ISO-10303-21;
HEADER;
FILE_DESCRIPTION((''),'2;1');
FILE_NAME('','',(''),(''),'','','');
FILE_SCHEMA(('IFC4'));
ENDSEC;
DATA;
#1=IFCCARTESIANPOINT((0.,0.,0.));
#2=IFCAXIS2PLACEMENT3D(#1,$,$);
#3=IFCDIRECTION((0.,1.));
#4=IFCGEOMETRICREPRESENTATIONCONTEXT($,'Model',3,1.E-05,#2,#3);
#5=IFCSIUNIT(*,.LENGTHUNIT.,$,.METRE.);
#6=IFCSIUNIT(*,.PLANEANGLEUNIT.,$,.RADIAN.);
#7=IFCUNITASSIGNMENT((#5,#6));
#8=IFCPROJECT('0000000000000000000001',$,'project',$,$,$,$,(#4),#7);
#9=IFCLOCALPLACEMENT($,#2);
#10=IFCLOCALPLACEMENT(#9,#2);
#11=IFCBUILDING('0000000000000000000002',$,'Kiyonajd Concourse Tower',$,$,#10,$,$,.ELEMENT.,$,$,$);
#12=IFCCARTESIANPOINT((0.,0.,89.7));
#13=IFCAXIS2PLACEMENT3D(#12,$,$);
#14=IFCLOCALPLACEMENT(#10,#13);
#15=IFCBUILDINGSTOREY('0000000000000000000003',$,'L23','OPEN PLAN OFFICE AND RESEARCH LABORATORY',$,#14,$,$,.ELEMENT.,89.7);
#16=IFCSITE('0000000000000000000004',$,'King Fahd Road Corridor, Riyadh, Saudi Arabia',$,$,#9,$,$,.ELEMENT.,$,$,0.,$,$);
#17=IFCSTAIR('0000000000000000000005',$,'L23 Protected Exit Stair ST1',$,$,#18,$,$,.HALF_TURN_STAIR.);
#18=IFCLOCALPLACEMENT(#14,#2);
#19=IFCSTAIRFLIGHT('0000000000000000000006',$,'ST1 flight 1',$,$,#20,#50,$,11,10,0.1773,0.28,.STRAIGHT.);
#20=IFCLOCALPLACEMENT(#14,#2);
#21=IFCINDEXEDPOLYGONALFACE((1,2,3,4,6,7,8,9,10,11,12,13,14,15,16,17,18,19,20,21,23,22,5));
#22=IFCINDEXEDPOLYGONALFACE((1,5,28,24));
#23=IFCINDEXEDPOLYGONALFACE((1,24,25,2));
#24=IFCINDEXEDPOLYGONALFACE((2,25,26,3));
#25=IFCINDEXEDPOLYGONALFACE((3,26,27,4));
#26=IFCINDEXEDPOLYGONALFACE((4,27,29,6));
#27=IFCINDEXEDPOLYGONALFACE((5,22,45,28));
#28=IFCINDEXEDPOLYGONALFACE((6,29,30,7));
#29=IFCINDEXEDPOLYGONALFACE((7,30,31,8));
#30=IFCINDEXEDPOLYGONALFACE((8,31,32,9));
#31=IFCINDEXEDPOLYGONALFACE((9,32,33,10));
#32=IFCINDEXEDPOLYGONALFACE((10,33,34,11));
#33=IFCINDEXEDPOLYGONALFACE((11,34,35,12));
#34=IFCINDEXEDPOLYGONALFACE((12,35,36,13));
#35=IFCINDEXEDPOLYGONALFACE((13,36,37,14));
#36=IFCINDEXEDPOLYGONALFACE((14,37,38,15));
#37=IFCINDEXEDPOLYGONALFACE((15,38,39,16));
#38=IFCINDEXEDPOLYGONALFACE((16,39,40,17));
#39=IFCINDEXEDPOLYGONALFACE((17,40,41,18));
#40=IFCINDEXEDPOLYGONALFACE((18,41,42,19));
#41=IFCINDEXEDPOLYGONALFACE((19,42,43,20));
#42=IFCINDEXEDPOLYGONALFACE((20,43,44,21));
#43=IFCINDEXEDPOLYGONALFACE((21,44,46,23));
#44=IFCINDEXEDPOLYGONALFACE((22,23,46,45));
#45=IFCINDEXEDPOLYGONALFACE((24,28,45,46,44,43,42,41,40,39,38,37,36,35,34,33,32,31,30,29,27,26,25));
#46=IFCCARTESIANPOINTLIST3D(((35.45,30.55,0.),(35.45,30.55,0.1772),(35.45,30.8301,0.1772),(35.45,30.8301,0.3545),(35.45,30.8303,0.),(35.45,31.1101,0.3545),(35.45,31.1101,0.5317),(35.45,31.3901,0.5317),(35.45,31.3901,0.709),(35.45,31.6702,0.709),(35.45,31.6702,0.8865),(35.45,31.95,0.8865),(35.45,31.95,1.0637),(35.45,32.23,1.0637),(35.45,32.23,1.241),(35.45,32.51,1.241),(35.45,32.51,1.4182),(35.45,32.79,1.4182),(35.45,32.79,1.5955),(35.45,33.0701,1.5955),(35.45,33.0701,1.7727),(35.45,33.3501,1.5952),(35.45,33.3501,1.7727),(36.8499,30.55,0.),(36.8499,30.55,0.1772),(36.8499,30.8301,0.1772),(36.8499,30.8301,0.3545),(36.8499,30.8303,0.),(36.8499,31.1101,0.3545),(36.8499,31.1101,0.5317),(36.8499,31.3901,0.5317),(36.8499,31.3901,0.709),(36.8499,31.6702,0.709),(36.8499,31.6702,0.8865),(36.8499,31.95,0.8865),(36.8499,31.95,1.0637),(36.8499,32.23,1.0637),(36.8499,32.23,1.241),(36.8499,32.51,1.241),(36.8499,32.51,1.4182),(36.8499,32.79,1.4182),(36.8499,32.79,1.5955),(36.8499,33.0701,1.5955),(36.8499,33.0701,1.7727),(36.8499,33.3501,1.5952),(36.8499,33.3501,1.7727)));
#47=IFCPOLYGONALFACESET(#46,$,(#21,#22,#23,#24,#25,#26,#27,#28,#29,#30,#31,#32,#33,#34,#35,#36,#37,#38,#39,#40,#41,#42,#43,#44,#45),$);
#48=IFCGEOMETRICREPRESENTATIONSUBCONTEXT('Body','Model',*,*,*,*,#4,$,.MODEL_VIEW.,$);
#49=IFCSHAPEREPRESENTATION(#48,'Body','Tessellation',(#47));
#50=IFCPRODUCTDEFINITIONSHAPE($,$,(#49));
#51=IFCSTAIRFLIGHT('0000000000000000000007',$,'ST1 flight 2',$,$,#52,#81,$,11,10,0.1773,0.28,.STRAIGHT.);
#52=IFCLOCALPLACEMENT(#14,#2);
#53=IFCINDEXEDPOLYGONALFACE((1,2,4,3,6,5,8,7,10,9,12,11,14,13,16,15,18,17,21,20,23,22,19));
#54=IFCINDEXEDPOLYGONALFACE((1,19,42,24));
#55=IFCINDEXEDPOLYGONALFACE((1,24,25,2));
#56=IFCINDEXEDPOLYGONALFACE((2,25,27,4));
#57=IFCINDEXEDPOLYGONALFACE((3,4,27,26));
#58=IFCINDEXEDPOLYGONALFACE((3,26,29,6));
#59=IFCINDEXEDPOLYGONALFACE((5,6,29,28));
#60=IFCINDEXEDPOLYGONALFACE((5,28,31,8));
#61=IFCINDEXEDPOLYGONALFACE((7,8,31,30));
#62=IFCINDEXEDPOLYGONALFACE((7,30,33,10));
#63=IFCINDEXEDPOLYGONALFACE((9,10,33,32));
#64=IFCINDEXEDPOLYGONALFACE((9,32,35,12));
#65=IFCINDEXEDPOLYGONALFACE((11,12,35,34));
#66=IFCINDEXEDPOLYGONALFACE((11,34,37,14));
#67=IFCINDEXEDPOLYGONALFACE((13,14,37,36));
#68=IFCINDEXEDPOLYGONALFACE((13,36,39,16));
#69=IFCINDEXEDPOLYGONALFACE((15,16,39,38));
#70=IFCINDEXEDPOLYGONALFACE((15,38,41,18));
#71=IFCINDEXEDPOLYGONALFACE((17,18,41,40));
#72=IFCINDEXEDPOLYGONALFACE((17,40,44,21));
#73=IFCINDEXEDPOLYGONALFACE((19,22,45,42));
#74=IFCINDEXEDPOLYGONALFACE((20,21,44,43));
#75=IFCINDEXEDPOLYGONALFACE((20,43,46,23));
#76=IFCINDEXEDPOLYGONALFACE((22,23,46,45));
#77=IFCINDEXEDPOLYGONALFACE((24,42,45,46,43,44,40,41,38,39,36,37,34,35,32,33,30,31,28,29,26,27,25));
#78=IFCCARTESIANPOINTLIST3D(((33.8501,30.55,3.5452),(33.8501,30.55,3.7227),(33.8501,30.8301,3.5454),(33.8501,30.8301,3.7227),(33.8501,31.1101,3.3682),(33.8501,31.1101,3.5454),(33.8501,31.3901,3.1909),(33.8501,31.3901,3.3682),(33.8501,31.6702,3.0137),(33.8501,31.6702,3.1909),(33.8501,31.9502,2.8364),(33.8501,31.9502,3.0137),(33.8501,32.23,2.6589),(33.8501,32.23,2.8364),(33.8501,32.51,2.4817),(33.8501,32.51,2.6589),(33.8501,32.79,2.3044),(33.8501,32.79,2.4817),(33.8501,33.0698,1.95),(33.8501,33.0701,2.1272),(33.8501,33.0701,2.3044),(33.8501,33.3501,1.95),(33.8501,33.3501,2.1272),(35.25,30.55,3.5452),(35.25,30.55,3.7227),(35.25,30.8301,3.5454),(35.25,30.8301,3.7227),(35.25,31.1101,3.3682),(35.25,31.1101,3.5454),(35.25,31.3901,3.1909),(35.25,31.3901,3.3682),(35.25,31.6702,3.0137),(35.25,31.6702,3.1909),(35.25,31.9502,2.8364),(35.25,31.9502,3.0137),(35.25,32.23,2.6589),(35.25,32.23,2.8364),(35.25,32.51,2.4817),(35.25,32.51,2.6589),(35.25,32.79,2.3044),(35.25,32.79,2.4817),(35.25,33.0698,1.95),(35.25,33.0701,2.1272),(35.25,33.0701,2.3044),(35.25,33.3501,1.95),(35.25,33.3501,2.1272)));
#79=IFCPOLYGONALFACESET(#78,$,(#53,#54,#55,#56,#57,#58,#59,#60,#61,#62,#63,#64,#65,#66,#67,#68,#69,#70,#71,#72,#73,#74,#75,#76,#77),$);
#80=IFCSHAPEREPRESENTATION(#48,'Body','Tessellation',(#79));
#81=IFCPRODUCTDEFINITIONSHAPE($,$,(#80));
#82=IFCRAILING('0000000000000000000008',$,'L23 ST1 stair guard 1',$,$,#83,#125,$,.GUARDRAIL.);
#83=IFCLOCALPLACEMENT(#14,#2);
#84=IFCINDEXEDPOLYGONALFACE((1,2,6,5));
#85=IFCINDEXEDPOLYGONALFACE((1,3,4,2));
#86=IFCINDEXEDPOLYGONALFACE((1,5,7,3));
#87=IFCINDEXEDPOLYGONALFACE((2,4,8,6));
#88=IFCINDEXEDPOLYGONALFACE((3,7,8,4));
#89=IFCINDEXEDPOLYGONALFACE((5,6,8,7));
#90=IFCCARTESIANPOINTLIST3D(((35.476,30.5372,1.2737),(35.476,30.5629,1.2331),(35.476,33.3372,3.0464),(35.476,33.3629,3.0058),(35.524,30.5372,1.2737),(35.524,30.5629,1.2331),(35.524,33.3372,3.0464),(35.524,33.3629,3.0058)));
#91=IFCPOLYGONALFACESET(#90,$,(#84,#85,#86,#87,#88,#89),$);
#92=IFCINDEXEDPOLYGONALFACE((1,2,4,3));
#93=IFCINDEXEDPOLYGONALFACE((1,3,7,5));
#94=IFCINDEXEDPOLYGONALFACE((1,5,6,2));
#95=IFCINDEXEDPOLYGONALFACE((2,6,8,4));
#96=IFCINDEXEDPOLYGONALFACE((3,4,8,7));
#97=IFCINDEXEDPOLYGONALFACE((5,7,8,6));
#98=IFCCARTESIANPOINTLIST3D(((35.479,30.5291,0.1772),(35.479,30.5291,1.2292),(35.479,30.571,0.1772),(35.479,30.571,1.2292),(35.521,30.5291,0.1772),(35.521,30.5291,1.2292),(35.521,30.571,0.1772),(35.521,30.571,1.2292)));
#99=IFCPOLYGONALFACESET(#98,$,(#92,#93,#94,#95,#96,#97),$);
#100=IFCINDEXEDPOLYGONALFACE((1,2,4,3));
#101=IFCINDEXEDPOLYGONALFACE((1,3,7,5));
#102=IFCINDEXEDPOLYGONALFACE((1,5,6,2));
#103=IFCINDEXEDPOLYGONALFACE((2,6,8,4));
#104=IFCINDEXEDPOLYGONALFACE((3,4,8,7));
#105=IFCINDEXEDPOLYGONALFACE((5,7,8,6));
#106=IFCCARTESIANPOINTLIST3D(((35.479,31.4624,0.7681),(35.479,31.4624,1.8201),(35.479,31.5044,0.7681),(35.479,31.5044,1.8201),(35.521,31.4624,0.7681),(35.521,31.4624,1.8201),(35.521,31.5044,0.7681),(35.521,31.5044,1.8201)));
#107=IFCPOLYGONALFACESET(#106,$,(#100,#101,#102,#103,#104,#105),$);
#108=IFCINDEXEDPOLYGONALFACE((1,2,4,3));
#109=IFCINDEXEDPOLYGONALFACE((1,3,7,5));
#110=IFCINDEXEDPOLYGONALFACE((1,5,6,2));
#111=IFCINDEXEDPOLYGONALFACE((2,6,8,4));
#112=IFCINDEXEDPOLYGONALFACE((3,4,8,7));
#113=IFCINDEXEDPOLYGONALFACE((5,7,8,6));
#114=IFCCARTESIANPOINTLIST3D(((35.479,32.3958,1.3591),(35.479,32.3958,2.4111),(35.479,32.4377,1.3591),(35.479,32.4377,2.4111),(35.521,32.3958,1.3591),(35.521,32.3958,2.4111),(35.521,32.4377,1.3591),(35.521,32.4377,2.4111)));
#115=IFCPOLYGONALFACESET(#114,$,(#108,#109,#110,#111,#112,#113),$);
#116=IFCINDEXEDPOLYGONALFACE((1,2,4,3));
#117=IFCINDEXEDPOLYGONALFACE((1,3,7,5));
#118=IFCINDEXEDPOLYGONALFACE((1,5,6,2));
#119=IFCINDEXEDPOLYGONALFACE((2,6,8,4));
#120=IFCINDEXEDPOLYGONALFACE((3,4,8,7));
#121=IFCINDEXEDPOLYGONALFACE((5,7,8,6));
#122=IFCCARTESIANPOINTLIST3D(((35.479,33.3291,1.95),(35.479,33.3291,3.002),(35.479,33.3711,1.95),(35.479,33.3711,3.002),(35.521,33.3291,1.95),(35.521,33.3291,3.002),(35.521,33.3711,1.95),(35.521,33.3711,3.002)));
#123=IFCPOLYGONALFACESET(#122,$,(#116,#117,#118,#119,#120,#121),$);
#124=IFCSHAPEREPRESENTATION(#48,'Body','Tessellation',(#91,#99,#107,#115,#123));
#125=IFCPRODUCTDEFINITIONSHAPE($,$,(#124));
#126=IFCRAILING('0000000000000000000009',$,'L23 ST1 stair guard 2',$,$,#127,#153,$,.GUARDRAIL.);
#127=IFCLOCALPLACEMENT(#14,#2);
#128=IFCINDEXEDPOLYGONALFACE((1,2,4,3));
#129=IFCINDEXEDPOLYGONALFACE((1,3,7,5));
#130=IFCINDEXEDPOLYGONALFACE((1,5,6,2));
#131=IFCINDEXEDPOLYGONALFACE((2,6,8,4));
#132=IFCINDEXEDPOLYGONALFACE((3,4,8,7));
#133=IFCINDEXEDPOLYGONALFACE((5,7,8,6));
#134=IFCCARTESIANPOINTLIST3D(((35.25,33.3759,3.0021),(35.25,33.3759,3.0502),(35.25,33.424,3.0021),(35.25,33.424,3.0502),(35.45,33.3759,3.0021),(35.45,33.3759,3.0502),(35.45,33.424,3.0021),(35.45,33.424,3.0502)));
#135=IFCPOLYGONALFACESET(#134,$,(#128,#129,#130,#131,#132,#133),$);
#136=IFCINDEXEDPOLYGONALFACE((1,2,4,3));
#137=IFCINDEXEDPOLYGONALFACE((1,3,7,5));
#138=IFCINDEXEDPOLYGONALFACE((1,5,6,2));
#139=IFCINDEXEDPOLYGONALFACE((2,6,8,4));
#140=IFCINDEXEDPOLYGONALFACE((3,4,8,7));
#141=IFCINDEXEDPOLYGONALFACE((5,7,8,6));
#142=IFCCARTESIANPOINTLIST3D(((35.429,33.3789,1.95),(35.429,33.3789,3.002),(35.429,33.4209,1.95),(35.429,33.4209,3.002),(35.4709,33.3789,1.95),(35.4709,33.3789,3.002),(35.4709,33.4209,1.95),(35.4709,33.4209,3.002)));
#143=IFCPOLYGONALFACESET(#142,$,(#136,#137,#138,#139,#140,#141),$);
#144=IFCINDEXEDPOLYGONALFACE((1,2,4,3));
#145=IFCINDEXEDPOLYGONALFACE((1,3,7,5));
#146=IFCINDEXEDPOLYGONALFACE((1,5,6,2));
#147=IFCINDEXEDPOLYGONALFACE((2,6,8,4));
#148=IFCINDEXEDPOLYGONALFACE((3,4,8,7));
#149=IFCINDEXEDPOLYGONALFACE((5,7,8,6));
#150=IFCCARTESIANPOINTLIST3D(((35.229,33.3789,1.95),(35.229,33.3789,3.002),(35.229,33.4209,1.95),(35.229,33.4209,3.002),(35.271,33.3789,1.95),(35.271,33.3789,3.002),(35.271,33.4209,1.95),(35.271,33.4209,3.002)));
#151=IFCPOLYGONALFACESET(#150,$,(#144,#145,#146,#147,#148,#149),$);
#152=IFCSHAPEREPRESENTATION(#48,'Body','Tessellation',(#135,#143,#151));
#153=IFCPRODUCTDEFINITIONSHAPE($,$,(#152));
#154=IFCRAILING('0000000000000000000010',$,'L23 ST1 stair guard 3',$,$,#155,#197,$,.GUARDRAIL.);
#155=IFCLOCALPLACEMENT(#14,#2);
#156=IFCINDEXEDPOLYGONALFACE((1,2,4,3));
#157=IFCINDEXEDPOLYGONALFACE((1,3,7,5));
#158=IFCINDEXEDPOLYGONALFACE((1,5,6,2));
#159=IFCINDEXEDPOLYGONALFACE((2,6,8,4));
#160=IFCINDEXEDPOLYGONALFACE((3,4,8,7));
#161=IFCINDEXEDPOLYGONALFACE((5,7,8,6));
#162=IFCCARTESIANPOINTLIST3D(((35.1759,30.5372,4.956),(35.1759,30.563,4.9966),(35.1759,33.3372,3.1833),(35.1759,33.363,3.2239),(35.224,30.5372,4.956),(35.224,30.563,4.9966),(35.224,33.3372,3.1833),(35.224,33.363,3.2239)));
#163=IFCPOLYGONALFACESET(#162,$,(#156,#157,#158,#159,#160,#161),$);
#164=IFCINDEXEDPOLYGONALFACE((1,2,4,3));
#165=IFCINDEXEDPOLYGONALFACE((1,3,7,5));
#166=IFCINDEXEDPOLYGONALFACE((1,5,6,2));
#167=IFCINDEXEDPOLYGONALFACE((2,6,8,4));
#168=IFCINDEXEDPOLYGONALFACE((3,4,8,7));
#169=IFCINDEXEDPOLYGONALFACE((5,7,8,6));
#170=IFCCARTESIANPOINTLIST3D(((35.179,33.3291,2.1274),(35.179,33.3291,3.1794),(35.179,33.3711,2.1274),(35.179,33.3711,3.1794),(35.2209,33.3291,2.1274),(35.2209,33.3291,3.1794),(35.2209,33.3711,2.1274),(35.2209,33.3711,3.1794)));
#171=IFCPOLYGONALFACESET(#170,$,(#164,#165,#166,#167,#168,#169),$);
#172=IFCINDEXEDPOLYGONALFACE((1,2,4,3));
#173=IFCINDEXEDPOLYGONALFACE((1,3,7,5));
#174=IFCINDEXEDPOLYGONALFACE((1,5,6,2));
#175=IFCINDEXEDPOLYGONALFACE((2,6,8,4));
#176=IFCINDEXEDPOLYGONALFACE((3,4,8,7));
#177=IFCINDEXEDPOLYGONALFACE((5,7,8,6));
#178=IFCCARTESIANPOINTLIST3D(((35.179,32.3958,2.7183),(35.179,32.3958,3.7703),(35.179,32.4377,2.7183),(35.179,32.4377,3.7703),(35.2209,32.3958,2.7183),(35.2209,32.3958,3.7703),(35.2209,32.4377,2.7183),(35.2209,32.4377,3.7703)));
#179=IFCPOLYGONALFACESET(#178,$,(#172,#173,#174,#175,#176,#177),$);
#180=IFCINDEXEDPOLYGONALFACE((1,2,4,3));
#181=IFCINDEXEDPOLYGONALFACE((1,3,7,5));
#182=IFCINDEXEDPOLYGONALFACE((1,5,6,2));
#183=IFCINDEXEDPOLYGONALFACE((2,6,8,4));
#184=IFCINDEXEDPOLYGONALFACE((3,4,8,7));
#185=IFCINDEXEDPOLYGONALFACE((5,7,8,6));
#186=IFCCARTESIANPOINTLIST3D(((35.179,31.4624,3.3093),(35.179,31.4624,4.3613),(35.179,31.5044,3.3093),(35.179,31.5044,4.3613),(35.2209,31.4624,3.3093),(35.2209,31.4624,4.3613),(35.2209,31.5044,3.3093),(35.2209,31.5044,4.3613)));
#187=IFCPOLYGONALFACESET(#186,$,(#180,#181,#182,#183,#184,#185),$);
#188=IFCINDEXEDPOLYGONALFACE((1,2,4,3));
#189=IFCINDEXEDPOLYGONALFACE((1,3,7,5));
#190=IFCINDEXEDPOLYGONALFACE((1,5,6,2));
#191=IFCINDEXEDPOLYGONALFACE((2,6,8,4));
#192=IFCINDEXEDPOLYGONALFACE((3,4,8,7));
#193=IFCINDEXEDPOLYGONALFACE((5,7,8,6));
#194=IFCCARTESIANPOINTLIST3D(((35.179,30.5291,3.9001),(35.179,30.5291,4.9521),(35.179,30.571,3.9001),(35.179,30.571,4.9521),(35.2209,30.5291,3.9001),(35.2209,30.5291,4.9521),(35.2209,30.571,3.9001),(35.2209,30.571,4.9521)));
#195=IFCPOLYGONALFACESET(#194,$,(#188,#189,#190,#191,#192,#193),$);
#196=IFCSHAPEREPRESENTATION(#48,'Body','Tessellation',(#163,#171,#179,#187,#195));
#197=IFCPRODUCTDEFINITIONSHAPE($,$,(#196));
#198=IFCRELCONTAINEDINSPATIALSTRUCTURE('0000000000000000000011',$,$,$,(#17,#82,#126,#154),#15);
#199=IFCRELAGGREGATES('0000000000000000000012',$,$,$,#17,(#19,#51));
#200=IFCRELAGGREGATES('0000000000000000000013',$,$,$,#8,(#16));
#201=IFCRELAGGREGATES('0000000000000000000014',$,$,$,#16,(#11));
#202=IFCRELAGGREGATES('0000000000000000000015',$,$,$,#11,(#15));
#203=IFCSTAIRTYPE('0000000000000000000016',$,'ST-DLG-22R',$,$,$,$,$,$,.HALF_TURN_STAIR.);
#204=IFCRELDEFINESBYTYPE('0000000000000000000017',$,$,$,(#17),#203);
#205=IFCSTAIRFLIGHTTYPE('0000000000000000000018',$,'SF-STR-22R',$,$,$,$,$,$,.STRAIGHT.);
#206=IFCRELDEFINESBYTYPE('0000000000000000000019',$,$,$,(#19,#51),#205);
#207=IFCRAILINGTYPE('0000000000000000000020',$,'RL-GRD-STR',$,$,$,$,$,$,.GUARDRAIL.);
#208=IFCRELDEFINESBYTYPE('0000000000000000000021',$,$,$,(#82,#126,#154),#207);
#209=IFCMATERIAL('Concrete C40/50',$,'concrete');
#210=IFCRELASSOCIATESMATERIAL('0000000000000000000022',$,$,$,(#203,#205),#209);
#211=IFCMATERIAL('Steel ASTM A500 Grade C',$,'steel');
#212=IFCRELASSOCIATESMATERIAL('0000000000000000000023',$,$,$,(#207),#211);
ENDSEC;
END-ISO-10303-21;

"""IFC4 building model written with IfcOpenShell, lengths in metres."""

from ifc_helpers import new_model, si_unit, direction, frame, origin, origin_2d, place, context, subcontext, project, spatial, polyline, rectangle, outline, extrude, material, type_object, element, aggregate, save


model = new_model("IFC4")

# Units and contexts
model_context = context("Model", 3, precision=1e-05, world=origin(), true_north=direction((0.0, 1.0)))
body_context = subcontext(model_context, "Body", "Model", "MODEL_VIEW")
ifc_project = project(units=[si_unit("LENGTHUNIT", "METRE"), si_unit("PLANEANGLEUNIT", "RADIAN")], contexts=[model_context])

# Site, building, storey
site_placement = place(None, origin())
site = spatial("IfcSite", under=ifc_project, at=site_placement, Name="King Fahd Road Corridor, Riyadh, Saudi Arabia", CompositionType="ELEMENT", RefElevation=0.0)
building_placement = place(site_placement, origin())
building = spatial("IfcBuilding", under=site, at=building_placement, Name="Kiyonajd Concourse Tower", CompositionType="ELEMENT")
storey_placement = place(building_placement, frame((0.0, 0.0, 89.7)))
storey = spatial("IfcBuildingStorey", under=building, at=storey_placement, Name="L23", Description="OPEN PLAN OFFICE AND RESEARCH LABORATORY", CompositionType="ELEMENT", Elevation=89.7)

# Stair, stair flights
ifc_material_1 = material(Name="Concrete C40/50", Category="concrete")
stair_type = type_object("IfcStairType", Name="ST-DLG-22R", PredefinedType="HALF_TURN_STAIR", material=ifc_material_1)
stair_placement = place(storey_placement, origin())
stair = element("IfcStair", 1, at=stair_placement, inside=storey, type_object=stair_type, Name="L23 Protected Exit Stair ST1", PredefinedType="HALF_TURN_STAIR")
stair_flight_type = type_object("IfcStairFlightType", Name="SF-STR-22R", PredefinedType="STRAIGHT", material=ifc_material_1)
stair_flight_1_placement = place(storey_placement, frame((36.1499, 30.55, 0.0), z_axis=(0.0, 0.0, 1.0), x_axis=(0.0, 1.0, 0.0)))
stair_flight_1 = element("IfcStairFlight", 2, at=stair_flight_1_placement, type_object=stair_flight_type, Name="ST1 flight 1", NumberOfRisers=11, NumberOfTreads=10, PredefinedType="STRAIGHT", RiserHeight=0.1773, TreadLength=0.28, context=body_context, shape_type="SweptSolid", body=[
    extrude(outline(polyline([(0.0, 0.0), (0.0, 0.1772), (0.28, 0.1772), (0.28, 0.3545), (0.5601, 0.3545), (0.5601, 0.5317), (0.8401, 0.5317), (0.8401, 0.709), (1.1201, 0.709), (1.1201, 0.8865), (1.3999, 0.8865), (1.3999, 1.0637), (1.6799, 1.0637), (1.6799, 1.241), (1.96, 1.241), (1.96, 1.4182), (2.24, 1.4182), (2.24, 1.5955), (2.52, 1.5955), (2.52, 1.7727), (2.8, 1.7727), (2.8, 1.95), (2.8, 1.5952), (0.2803, 0.0), (0.0, 0.0)])), frame((0.0, 0.7, 0.0), z_axis=(0.0, -1.0, 0.0), x_axis=(1.0, 0.0, 0.0)), (0.0, 0.0, 1.0), 1.3999),
])
stair_flight_2_placement = place(storey_placement, frame((34.55, 33.3501, 1.95), z_axis=(0.0, 0.0, 1.0), x_axis=(0.0, -1.0, 0.0)))
stair_flight_2 = element("IfcStairFlight", 3, at=stair_flight_2_placement, type_object=stair_flight_type, Name="ST1 flight 2", NumberOfRisers=11, NumberOfTreads=10, PredefinedType="STRAIGHT", RiserHeight=0.1773, TreadLength=0.28, context=body_context, shape_type="SweptSolid", body=[
    extrude(outline(polyline([(0.0, 0.0), (0.0, 0.1772), (0.28, 0.1772), (0.28, 0.3545), (0.5601, 0.3545), (0.5601, 0.5317), (0.8401, 0.5317), (0.8401, 0.709), (1.1201, 0.709), (1.1201, 0.8865), (1.3999, 0.8865), (1.3999, 1.0637), (1.6799, 1.0637), (1.6799, 1.241), (1.96, 1.241), (1.96, 1.4182), (2.24, 1.4182), (2.24, 1.5955), (2.52, 1.5955), (2.52, 1.7727), (2.8, 1.7727), (2.8, 1.95), (2.8, 1.5952), (0.2803, 0.0), (0.0, 0.0)])), frame((0.0, 0.7, 0.0), z_axis=(0.0, -1.0, 0.0), x_axis=(1.0, 0.0, 0.0)), (0.0, 0.0, 1.0), 1.3999),
])
aggregate(stair, [stair_flight_1, stair_flight_2])

# Railings
ifc_material_2 = material(Name="Steel ASTM A500 Grade C", Category="steel")
railing_type_1 = type_object("IfcRailingType", Name="RL-GRD-STR", PredefinedType="GUARDRAIL", material=ifc_material_2)
railing_1_placement = place(storey_placement, frame((35.5, 30.55, 0.1772)))
element("IfcRailing", 4, at=railing_1_placement, inside=storey, type_object=railing_type_1, Name="L23 ST1 stair guard 1", PredefinedType="GUARDRAIL", context=body_context, shape_type="SweptSolid", body=[
    extrude(rectangle(XDim=0.0481, YDim=0.0481, at=origin_2d()), frame((0.0, 0.0, 1.0762), z_axis=(0.0, 0.844909, 0.53491), x_axis=(-1.0, 0.0, 0.0)), (0.0, 0.0, 1.0), 3.314),
    extrude(rectangle(XDim=0.042, YDim=0.042, at=origin_2d()), origin(), (0.0, 0.0, 1.0), 1.052),
    extrude(rectangle(XDim=0.042, YDim=0.042, at=origin_2d()), frame((0.0, 0.9333, 0.5908)), (0.0, 0.0, 1.0), 1.052),
    extrude(rectangle(XDim=0.042, YDim=0.042, at=origin_2d()), frame((0.0, 1.8667, 1.1819)), (0.0, 0.0, 1.0), 1.052),
    extrude(rectangle(XDim=0.042, YDim=0.042, at=origin_2d()), frame((0.0, 2.8, 1.7727)), (0.0, 0.0, 1.0), 1.052),
])
railing_2_placement = place(storey_placement, frame((35.45, 33.3999, 1.95)))
element("IfcRailing", 5, at=railing_2_placement, inside=storey, type_object=railing_type_1, Name="L23 ST1 stair guard 2", PredefinedType="GUARDRAIL", context=body_context, shape_type="SweptSolid", body=[
    extrude(rectangle(XDim=0.0481, YDim=0.0481, at=origin_2d()), frame((0.0, 0.0, 1.0762), z_axis=(-1.0, 0.0, 0.0), x_axis=(0.0, -1.0, 0.0)), (0.0, 0.0, 1.0), 0.2),
    extrude(rectangle(XDim=0.042, YDim=0.042, at=origin_2d()), origin(), (0.0, 0.0, 1.0), 1.052),
    extrude(rectangle(XDim=0.042, YDim=0.042, at=origin_2d()), frame((-0.2, 0.0, 0.0)), (0.0, 0.0, 1.0), 1.052),
])
railing_3_placement = place(storey_placement, frame((35.2, 33.3501, 2.1274)))
element("IfcRailing", 6, at=railing_3_placement, inside=storey, type_object=railing_type_1, Name="L23 ST1 stair guard 3", PredefinedType="GUARDRAIL", context=body_context, shape_type="SweptSolid", body=[
    extrude(rectangle(XDim=0.0481, YDim=0.0481, at=origin_2d()), frame((0.0, 0.0, 1.0762), z_axis=(0.0, -0.844909, 0.53491), x_axis=(1.0, 0.0, 0.0)), (0.0, 0.0, 1.0), 3.314),
    extrude(rectangle(XDim=0.042, YDim=0.042, at=origin_2d()), origin(), (0.0, 0.0, 1.0), 1.052),
    extrude(rectangle(XDim=0.042, YDim=0.042, at=origin_2d()), frame((0.0, -0.9333, 0.5908)), (0.0, 0.0, 1.0), 1.052),
    extrude(rectangle(XDim=0.042, YDim=0.042, at=origin_2d()), frame((0.0, -1.8667, 1.1819)), (0.0, 0.0, 1.0), 1.052),
    extrude(rectangle(XDim=0.042, YDim=0.042, at=origin_2d()), frame((0.0, -2.8, 1.7727)), (0.0, 0.0, 1.0), 1.052),
])

save(model, "model.ifc")
